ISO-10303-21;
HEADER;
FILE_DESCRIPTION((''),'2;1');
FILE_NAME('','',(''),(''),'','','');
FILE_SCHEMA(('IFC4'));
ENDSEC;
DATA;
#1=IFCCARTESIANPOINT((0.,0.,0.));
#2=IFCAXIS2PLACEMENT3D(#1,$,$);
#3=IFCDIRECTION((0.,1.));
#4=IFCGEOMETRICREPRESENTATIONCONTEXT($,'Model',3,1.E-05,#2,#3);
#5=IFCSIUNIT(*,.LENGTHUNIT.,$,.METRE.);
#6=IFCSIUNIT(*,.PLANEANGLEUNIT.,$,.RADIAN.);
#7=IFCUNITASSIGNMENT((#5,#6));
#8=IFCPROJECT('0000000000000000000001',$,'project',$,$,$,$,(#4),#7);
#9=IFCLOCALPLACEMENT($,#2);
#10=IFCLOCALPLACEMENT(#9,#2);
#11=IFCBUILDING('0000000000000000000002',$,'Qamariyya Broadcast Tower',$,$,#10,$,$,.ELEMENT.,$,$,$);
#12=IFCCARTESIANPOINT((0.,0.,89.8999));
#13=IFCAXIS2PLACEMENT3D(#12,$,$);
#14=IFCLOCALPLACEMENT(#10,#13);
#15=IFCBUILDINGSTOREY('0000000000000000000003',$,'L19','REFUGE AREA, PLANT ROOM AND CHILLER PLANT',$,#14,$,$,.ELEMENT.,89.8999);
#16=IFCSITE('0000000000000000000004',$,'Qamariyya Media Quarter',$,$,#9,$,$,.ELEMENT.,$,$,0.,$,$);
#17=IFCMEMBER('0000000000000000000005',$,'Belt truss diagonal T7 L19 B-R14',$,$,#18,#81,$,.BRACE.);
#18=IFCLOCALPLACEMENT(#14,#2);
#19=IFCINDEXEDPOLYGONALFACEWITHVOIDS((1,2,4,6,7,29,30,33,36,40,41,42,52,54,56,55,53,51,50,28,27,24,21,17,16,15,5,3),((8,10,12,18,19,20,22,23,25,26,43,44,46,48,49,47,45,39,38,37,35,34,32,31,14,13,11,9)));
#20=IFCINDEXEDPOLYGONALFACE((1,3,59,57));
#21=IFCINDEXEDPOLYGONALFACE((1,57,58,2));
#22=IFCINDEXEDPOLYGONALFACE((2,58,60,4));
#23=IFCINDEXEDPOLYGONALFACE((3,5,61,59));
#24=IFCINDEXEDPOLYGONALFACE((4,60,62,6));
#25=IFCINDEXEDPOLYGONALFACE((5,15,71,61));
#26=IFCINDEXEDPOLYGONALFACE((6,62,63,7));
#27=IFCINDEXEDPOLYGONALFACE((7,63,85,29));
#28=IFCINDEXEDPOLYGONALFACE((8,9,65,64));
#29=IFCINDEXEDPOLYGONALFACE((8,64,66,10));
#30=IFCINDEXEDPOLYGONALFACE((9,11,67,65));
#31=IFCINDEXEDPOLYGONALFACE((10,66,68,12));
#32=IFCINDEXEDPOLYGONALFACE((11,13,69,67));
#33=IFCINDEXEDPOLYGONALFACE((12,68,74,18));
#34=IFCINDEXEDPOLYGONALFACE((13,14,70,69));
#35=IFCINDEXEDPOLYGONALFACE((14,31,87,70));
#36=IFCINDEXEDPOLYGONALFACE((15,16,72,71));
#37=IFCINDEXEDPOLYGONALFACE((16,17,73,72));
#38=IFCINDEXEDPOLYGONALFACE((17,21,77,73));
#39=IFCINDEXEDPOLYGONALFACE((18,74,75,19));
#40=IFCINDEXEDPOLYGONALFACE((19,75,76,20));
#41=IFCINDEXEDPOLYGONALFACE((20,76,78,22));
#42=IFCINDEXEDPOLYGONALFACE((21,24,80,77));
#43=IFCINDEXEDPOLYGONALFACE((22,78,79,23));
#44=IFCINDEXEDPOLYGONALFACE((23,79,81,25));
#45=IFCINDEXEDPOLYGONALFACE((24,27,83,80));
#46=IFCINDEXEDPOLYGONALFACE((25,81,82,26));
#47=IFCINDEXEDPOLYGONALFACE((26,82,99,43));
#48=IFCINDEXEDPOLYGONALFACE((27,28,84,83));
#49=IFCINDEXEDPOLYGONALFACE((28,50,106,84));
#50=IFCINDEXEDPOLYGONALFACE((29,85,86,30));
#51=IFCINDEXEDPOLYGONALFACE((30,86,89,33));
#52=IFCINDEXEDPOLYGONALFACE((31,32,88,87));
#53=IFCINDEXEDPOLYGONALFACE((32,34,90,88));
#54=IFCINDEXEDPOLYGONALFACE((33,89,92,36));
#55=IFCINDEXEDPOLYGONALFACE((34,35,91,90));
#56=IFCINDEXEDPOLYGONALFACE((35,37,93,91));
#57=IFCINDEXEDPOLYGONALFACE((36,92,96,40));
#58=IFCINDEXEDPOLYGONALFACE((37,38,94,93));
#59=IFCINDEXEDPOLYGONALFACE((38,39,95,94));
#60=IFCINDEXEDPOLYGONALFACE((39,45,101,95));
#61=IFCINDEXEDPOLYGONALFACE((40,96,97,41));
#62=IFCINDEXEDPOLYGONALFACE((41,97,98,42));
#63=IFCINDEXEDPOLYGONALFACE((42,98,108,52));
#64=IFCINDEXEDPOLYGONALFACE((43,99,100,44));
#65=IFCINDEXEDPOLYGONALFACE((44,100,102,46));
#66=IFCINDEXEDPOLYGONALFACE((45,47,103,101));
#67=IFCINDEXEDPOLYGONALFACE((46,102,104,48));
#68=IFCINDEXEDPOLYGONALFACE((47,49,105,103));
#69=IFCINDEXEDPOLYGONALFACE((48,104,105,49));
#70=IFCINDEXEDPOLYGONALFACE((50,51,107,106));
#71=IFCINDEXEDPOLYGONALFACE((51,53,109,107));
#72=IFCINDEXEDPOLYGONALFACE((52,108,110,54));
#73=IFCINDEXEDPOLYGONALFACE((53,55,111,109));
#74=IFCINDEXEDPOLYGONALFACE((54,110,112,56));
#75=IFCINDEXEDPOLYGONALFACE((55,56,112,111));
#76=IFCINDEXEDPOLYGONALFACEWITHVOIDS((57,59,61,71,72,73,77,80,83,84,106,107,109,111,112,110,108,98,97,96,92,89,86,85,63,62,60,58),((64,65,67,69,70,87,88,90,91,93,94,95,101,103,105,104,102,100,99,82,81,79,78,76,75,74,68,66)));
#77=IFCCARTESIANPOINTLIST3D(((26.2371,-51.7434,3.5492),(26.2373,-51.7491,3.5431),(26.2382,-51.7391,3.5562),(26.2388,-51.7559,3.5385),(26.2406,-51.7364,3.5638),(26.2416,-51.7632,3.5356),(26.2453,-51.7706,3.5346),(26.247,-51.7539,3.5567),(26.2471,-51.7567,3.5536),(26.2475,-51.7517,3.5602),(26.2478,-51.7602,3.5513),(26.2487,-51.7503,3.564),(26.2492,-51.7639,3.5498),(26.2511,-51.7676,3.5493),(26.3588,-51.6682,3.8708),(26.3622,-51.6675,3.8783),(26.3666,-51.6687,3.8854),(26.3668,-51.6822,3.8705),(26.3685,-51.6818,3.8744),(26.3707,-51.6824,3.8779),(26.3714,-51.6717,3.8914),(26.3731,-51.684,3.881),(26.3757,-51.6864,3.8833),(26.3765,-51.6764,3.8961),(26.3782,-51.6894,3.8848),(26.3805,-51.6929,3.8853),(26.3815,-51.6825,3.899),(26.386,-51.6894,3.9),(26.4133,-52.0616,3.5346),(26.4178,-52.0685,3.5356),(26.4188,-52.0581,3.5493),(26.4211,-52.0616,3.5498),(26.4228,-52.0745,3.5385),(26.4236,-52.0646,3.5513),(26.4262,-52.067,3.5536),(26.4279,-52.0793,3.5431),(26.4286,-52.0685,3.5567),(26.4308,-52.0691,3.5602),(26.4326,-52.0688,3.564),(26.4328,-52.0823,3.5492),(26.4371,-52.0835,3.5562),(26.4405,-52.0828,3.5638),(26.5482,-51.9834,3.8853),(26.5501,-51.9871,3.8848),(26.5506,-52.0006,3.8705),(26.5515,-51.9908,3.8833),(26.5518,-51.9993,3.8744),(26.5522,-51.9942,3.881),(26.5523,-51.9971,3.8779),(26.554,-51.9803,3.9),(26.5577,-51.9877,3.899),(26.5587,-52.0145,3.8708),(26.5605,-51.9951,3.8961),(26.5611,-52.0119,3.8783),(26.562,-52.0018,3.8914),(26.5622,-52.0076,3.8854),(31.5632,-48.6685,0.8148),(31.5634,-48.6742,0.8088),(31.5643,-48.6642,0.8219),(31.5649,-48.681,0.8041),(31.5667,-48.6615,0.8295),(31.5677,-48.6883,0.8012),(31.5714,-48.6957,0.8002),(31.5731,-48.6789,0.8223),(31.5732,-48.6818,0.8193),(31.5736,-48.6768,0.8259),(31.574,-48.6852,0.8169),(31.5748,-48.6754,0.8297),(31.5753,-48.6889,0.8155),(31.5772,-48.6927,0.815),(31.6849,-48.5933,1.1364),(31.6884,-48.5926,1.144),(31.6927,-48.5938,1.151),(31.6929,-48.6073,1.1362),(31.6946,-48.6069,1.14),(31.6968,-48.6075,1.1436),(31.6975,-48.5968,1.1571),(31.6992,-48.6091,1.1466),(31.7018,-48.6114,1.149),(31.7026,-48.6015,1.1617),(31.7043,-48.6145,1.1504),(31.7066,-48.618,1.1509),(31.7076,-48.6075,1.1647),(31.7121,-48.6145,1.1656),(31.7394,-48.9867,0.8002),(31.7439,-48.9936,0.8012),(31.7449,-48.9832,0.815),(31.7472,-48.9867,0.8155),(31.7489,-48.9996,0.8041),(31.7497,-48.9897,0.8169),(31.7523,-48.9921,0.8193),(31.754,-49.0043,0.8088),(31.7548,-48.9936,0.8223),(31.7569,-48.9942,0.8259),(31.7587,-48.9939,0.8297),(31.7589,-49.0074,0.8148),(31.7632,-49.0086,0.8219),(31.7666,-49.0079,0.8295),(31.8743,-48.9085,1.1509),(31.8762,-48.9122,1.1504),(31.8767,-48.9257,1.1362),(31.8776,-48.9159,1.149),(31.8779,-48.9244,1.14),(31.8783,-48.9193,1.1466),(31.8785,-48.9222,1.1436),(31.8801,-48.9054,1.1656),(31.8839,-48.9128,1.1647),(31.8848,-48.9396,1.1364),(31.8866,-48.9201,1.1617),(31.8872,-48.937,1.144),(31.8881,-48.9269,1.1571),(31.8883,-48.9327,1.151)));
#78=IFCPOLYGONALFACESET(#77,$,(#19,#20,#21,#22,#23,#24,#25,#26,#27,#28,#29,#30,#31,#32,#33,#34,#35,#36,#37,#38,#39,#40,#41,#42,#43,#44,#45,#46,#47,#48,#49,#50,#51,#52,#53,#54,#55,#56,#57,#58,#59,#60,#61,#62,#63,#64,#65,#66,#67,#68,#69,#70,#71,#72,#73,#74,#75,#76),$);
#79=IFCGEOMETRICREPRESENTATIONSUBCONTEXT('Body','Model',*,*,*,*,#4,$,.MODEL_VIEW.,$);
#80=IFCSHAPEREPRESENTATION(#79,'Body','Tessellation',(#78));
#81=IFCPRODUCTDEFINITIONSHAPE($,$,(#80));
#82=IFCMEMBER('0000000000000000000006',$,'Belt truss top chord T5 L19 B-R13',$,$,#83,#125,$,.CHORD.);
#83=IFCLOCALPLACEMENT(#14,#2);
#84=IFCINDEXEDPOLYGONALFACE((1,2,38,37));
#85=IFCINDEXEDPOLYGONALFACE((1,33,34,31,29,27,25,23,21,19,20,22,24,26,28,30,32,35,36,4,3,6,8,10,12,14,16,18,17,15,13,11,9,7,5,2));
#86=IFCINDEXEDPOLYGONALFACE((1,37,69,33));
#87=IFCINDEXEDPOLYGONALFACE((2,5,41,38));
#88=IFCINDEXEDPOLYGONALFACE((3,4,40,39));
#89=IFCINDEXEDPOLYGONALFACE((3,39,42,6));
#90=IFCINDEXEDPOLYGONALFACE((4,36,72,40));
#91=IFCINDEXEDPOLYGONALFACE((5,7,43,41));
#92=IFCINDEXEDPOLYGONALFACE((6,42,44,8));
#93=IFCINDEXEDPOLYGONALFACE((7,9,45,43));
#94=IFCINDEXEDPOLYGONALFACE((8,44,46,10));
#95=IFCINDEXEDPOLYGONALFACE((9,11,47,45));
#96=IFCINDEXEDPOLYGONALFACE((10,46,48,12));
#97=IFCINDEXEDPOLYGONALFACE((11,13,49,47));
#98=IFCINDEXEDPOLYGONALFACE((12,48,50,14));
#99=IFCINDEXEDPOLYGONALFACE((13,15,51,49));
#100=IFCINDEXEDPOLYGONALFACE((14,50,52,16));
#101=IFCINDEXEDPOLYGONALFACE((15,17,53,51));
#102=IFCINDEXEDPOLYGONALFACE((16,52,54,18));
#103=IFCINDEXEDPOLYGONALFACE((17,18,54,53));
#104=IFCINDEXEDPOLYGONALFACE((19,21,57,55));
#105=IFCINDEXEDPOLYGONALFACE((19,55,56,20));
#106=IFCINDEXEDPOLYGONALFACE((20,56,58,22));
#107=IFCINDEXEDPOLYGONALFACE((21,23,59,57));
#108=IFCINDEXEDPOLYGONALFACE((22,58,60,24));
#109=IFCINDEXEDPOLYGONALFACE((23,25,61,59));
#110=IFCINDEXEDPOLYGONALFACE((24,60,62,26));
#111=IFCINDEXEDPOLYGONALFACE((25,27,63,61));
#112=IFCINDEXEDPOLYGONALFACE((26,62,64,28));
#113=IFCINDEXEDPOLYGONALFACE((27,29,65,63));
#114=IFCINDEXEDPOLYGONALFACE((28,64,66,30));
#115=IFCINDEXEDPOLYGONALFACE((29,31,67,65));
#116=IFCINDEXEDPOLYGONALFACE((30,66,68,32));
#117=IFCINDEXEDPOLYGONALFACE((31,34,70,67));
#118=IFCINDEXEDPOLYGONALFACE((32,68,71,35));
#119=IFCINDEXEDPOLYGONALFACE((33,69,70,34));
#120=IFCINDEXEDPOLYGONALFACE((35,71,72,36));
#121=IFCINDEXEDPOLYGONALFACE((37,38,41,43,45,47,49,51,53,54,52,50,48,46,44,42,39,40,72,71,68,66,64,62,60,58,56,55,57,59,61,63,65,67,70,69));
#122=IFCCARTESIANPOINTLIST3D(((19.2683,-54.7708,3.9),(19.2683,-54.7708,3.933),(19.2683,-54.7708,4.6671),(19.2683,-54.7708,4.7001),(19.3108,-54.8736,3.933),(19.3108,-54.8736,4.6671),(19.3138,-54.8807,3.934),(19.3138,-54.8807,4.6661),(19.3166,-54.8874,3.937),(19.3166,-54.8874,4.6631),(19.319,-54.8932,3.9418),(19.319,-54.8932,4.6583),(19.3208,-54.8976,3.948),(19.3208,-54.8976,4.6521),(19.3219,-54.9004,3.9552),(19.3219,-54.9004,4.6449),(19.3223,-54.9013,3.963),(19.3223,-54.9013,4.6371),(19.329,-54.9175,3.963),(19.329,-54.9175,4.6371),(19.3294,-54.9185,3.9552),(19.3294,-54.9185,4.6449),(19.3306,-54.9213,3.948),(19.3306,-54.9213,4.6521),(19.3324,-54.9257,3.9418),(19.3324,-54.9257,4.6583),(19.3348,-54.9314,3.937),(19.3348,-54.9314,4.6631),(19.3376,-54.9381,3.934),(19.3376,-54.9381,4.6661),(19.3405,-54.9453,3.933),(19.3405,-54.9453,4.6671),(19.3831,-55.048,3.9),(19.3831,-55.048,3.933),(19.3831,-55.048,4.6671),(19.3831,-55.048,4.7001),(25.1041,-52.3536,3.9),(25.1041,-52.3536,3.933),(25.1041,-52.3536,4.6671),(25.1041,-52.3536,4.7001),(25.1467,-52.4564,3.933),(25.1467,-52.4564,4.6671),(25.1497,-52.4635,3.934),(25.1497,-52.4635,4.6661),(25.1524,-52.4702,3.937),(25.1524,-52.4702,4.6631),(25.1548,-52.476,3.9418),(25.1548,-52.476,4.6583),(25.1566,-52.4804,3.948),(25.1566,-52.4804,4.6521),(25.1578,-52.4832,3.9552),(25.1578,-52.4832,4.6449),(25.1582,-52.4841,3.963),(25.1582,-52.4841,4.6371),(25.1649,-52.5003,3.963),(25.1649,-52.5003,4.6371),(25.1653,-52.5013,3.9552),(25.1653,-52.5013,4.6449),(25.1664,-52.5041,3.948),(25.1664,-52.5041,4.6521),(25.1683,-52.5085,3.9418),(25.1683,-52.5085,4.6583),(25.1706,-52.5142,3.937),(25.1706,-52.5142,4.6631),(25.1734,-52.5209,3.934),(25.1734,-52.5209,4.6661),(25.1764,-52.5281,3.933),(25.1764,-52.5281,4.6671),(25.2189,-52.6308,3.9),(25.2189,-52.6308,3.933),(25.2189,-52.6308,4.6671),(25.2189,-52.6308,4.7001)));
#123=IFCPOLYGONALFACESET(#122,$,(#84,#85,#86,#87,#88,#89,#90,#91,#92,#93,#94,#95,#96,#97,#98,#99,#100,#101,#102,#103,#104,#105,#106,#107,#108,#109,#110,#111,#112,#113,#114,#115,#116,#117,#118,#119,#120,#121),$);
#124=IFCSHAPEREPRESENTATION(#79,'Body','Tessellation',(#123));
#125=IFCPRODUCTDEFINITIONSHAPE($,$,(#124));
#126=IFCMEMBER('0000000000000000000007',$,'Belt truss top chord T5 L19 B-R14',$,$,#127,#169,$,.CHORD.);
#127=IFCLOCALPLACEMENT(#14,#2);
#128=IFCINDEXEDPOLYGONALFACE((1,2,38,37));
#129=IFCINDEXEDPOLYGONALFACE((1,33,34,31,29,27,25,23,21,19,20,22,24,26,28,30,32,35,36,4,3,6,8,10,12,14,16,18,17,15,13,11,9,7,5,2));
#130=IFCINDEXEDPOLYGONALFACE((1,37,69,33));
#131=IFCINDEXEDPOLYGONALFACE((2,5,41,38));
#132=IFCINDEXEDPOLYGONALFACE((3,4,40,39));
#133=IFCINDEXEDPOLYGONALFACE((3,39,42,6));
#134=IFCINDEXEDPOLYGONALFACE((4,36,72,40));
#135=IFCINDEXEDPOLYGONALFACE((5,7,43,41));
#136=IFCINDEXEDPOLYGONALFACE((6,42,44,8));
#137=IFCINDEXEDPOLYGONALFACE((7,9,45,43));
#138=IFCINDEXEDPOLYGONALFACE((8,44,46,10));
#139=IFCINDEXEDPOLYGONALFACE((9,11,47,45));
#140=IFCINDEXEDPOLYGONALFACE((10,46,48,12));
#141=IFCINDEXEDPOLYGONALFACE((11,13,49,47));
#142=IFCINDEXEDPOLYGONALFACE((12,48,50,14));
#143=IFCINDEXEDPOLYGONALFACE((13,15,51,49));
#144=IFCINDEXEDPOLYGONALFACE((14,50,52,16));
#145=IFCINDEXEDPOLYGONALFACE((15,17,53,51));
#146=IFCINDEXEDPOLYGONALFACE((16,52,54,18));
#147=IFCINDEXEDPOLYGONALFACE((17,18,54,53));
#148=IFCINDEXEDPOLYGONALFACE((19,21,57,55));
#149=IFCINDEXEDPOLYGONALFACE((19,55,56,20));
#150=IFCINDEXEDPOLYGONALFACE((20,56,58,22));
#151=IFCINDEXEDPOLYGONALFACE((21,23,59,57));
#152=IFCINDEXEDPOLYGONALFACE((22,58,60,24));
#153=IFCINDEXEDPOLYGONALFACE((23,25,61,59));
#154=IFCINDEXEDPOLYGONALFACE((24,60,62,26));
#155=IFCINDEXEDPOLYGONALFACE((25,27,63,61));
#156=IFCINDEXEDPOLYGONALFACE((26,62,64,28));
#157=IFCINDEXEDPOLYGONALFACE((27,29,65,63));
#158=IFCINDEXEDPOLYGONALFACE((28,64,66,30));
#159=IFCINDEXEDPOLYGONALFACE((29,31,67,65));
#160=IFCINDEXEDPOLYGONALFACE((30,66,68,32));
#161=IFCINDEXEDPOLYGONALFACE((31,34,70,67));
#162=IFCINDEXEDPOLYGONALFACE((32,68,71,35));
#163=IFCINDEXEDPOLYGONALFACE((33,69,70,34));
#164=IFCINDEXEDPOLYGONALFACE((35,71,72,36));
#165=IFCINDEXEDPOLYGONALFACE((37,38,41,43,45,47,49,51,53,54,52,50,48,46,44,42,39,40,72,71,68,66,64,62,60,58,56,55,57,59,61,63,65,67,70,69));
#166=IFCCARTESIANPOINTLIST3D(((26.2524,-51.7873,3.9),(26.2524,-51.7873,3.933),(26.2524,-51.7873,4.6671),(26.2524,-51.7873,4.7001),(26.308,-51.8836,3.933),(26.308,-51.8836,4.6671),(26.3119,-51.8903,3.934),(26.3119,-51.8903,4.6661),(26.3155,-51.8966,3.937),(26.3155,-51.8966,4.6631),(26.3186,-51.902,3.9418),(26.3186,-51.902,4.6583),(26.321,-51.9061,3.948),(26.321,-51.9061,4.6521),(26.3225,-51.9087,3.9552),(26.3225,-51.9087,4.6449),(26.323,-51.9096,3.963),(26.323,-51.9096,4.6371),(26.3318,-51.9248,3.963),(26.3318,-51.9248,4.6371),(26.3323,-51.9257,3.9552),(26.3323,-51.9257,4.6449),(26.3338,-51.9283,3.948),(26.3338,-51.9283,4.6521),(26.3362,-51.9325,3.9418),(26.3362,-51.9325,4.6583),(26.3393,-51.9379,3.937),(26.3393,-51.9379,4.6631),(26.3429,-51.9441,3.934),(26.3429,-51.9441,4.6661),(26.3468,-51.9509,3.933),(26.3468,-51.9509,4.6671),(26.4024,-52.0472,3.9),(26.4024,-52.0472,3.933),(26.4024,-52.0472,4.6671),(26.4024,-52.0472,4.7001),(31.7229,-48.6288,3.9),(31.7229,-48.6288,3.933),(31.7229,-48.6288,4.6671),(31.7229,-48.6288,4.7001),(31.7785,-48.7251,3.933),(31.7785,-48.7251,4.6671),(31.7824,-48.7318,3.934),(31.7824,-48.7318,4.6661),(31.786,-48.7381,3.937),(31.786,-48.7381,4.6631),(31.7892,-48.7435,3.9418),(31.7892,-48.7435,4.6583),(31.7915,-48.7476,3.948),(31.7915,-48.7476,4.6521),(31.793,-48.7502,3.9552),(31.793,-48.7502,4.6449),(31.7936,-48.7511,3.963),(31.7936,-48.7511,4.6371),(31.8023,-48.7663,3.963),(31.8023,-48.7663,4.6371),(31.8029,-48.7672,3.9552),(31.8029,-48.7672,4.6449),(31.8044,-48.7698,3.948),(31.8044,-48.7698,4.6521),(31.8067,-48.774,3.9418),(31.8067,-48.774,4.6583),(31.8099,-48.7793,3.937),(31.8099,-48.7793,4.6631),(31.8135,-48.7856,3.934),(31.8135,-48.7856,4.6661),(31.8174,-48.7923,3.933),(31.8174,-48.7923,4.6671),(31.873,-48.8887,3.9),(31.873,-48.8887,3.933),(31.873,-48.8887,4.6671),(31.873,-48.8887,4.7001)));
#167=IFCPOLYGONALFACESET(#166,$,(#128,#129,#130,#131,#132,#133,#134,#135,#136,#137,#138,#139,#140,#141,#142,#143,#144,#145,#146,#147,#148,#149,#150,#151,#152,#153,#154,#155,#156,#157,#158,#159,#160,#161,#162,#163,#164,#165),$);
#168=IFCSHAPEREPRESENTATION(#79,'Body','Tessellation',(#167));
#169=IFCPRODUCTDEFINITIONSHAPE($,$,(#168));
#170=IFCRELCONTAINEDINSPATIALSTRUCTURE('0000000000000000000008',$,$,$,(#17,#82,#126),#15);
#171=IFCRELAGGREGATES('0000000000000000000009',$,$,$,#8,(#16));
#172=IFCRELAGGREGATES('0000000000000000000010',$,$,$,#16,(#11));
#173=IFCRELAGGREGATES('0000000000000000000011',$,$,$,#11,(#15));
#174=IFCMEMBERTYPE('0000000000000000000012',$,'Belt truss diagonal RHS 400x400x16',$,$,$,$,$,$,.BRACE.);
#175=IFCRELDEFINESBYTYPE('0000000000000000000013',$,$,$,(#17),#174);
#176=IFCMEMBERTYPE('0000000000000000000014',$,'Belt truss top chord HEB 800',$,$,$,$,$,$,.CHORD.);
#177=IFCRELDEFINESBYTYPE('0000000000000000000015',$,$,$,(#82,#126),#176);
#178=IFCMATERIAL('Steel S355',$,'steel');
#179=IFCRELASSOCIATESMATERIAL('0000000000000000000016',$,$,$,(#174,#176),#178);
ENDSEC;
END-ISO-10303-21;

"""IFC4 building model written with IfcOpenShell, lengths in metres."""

from ifc_helpers import new_model, si_unit, direction, frame, origin, origin_2d, place, context, subcontext, project, spatial, hollow_rectangle, i_section, extrude, material, material_profile, profile_set, type_object, element, save


model = new_model("IFC4")

# Units and contexts
model_context = context("Model", 3, precision=1e-05, world=origin(), true_north=direction((0.0, 1.0)))
body_context = subcontext(model_context, "Body", "Model", "MODEL_VIEW")
ifc_project = project(units=[si_unit("LENGTHUNIT", "METRE"), si_unit("PLANEANGLEUNIT", "RADIAN")], contexts=[model_context])

# Site, building, storey
site_placement = place(None, origin())
site = spatial("IfcSite", under=ifc_project, at=site_placement, Name="Qamariyya Media Quarter", CompositionType="ELEMENT", RefElevation=0.0)
building_placement = place(site_placement, origin())
building = spatial("IfcBuilding", under=site, at=building_placement, Name="Qamariyya Broadcast Tower", CompositionType="ELEMENT")
storey_placement = place(building_placement, frame((0.0, 0.0, 89.8999)))
storey = spatial("IfcBuildingStorey", under=building, at=storey_placement, Name="L19", Description="REFUGE AREA, PLANT ROOM AND CHILLER PLANT", CompositionType="ELEMENT", Elevation=89.8999)

# Members
ifc_material_1 = material(Name="Steel S355", Category="steel")
ifc_material_profile_1 = material_profile(ifc_material_1, hollow_rectangle(XDim=0.3999, YDim=0.3999, WallThickness=0.0161, InnerFilletRadius=0.0161, OuterFilletRadius=0.032, at=origin_2d()))
ifc_profile_set_1 = profile_set([ifc_material_profile_1], Name="Steel S355")
member_type_1 = type_object("IfcMemberType", Name="Belt truss diagonal RHS 400x400x16", PredefinedType="BRACE", material=ifc_profile_set_1)
for number, where, z_axis, x_axis, name in (
    (1, (26.3997, -51.8755, 3.7173), (0.791343, 0.456865, -0.406264), (-0.499986, 0.866034, 0.0), "Belt truss diagonal T7 L19 B-R14"),
):
    element("IfcMember", number, at=place(storey_placement, frame(where, z_axis=z_axis, x_axis=x_axis)), inside=storey, type_object=member_type_1, Name=name, PredefinedType="BRACE", context=body_context, shape_type="SweptSolid", body=[
        extrude(hollow_rectangle(XDim=0.3999, YDim=0.3999, WallThickness=0.0161, InnerFilletRadius=0.0161, OuterFilletRadius=0.032, at=origin_2d()), origin(), (0.0, 0.0, 1.0), 6.7305),
    ])
ifc_material_profile_2 = material_profile(ifc_material_1, i_section(OverallWidth=0.3, OverallDepth=0.8, WebThickness=0.0176, FlangeThickness=0.033, FilletRadius=0.03, at=origin_2d()))
ifc_profile_set_2 = profile_set([ifc_material_profile_2], Name="Steel S355")
member_type_2 = type_object("IfcMemberType", Name="Belt truss top chord HEB 800", PredefinedType="CHORD", material=ifc_profile_set_2)
member_1_placement = place(storey_placement, frame((19.3257, -54.9094, 4.3), z_axis=(0.923884, 0.382672, 0.0), x_axis=(-0.382672, 0.923884, 0.0)))
element("IfcMember", 2, at=member_1_placement, inside=storey, type_object=member_type_2, Name="Belt truss top chord T5 L19 B-R13", PredefinedType="CHORD", context=body_context, shape_type="SweptSolid", body=[
    extrude(i_section(OverallWidth=0.3, OverallDepth=0.8, WebThickness=0.0176, FlangeThickness=0.033, FilletRadius=0.03, at=origin_2d()), origin(), (0.0, 0.0, 1.0), 6.3167),
])
member_2_placement = place(storey_placement, frame((26.3274, -51.9172, 4.3), z_axis=(0.86602, 0.500009, 0.0), x_axis=(-0.500009, 0.86602, 0.0)))
element("IfcMember", 3, at=member_2_placement, inside=storey, type_object=member_type_2, Name="Belt truss top chord T5 L19 B-R14", PredefinedType="CHORD", context=body_context, shape_type="SweptSolid", body=[
    extrude(i_section(OverallWidth=0.3, OverallDepth=0.8, WebThickness=0.0176, FlangeThickness=0.033, FilletRadius=0.03, at=origin_2d()), origin(), (0.0, 0.0, 1.0), 6.3169),
])

save(model, "model.ifc")
